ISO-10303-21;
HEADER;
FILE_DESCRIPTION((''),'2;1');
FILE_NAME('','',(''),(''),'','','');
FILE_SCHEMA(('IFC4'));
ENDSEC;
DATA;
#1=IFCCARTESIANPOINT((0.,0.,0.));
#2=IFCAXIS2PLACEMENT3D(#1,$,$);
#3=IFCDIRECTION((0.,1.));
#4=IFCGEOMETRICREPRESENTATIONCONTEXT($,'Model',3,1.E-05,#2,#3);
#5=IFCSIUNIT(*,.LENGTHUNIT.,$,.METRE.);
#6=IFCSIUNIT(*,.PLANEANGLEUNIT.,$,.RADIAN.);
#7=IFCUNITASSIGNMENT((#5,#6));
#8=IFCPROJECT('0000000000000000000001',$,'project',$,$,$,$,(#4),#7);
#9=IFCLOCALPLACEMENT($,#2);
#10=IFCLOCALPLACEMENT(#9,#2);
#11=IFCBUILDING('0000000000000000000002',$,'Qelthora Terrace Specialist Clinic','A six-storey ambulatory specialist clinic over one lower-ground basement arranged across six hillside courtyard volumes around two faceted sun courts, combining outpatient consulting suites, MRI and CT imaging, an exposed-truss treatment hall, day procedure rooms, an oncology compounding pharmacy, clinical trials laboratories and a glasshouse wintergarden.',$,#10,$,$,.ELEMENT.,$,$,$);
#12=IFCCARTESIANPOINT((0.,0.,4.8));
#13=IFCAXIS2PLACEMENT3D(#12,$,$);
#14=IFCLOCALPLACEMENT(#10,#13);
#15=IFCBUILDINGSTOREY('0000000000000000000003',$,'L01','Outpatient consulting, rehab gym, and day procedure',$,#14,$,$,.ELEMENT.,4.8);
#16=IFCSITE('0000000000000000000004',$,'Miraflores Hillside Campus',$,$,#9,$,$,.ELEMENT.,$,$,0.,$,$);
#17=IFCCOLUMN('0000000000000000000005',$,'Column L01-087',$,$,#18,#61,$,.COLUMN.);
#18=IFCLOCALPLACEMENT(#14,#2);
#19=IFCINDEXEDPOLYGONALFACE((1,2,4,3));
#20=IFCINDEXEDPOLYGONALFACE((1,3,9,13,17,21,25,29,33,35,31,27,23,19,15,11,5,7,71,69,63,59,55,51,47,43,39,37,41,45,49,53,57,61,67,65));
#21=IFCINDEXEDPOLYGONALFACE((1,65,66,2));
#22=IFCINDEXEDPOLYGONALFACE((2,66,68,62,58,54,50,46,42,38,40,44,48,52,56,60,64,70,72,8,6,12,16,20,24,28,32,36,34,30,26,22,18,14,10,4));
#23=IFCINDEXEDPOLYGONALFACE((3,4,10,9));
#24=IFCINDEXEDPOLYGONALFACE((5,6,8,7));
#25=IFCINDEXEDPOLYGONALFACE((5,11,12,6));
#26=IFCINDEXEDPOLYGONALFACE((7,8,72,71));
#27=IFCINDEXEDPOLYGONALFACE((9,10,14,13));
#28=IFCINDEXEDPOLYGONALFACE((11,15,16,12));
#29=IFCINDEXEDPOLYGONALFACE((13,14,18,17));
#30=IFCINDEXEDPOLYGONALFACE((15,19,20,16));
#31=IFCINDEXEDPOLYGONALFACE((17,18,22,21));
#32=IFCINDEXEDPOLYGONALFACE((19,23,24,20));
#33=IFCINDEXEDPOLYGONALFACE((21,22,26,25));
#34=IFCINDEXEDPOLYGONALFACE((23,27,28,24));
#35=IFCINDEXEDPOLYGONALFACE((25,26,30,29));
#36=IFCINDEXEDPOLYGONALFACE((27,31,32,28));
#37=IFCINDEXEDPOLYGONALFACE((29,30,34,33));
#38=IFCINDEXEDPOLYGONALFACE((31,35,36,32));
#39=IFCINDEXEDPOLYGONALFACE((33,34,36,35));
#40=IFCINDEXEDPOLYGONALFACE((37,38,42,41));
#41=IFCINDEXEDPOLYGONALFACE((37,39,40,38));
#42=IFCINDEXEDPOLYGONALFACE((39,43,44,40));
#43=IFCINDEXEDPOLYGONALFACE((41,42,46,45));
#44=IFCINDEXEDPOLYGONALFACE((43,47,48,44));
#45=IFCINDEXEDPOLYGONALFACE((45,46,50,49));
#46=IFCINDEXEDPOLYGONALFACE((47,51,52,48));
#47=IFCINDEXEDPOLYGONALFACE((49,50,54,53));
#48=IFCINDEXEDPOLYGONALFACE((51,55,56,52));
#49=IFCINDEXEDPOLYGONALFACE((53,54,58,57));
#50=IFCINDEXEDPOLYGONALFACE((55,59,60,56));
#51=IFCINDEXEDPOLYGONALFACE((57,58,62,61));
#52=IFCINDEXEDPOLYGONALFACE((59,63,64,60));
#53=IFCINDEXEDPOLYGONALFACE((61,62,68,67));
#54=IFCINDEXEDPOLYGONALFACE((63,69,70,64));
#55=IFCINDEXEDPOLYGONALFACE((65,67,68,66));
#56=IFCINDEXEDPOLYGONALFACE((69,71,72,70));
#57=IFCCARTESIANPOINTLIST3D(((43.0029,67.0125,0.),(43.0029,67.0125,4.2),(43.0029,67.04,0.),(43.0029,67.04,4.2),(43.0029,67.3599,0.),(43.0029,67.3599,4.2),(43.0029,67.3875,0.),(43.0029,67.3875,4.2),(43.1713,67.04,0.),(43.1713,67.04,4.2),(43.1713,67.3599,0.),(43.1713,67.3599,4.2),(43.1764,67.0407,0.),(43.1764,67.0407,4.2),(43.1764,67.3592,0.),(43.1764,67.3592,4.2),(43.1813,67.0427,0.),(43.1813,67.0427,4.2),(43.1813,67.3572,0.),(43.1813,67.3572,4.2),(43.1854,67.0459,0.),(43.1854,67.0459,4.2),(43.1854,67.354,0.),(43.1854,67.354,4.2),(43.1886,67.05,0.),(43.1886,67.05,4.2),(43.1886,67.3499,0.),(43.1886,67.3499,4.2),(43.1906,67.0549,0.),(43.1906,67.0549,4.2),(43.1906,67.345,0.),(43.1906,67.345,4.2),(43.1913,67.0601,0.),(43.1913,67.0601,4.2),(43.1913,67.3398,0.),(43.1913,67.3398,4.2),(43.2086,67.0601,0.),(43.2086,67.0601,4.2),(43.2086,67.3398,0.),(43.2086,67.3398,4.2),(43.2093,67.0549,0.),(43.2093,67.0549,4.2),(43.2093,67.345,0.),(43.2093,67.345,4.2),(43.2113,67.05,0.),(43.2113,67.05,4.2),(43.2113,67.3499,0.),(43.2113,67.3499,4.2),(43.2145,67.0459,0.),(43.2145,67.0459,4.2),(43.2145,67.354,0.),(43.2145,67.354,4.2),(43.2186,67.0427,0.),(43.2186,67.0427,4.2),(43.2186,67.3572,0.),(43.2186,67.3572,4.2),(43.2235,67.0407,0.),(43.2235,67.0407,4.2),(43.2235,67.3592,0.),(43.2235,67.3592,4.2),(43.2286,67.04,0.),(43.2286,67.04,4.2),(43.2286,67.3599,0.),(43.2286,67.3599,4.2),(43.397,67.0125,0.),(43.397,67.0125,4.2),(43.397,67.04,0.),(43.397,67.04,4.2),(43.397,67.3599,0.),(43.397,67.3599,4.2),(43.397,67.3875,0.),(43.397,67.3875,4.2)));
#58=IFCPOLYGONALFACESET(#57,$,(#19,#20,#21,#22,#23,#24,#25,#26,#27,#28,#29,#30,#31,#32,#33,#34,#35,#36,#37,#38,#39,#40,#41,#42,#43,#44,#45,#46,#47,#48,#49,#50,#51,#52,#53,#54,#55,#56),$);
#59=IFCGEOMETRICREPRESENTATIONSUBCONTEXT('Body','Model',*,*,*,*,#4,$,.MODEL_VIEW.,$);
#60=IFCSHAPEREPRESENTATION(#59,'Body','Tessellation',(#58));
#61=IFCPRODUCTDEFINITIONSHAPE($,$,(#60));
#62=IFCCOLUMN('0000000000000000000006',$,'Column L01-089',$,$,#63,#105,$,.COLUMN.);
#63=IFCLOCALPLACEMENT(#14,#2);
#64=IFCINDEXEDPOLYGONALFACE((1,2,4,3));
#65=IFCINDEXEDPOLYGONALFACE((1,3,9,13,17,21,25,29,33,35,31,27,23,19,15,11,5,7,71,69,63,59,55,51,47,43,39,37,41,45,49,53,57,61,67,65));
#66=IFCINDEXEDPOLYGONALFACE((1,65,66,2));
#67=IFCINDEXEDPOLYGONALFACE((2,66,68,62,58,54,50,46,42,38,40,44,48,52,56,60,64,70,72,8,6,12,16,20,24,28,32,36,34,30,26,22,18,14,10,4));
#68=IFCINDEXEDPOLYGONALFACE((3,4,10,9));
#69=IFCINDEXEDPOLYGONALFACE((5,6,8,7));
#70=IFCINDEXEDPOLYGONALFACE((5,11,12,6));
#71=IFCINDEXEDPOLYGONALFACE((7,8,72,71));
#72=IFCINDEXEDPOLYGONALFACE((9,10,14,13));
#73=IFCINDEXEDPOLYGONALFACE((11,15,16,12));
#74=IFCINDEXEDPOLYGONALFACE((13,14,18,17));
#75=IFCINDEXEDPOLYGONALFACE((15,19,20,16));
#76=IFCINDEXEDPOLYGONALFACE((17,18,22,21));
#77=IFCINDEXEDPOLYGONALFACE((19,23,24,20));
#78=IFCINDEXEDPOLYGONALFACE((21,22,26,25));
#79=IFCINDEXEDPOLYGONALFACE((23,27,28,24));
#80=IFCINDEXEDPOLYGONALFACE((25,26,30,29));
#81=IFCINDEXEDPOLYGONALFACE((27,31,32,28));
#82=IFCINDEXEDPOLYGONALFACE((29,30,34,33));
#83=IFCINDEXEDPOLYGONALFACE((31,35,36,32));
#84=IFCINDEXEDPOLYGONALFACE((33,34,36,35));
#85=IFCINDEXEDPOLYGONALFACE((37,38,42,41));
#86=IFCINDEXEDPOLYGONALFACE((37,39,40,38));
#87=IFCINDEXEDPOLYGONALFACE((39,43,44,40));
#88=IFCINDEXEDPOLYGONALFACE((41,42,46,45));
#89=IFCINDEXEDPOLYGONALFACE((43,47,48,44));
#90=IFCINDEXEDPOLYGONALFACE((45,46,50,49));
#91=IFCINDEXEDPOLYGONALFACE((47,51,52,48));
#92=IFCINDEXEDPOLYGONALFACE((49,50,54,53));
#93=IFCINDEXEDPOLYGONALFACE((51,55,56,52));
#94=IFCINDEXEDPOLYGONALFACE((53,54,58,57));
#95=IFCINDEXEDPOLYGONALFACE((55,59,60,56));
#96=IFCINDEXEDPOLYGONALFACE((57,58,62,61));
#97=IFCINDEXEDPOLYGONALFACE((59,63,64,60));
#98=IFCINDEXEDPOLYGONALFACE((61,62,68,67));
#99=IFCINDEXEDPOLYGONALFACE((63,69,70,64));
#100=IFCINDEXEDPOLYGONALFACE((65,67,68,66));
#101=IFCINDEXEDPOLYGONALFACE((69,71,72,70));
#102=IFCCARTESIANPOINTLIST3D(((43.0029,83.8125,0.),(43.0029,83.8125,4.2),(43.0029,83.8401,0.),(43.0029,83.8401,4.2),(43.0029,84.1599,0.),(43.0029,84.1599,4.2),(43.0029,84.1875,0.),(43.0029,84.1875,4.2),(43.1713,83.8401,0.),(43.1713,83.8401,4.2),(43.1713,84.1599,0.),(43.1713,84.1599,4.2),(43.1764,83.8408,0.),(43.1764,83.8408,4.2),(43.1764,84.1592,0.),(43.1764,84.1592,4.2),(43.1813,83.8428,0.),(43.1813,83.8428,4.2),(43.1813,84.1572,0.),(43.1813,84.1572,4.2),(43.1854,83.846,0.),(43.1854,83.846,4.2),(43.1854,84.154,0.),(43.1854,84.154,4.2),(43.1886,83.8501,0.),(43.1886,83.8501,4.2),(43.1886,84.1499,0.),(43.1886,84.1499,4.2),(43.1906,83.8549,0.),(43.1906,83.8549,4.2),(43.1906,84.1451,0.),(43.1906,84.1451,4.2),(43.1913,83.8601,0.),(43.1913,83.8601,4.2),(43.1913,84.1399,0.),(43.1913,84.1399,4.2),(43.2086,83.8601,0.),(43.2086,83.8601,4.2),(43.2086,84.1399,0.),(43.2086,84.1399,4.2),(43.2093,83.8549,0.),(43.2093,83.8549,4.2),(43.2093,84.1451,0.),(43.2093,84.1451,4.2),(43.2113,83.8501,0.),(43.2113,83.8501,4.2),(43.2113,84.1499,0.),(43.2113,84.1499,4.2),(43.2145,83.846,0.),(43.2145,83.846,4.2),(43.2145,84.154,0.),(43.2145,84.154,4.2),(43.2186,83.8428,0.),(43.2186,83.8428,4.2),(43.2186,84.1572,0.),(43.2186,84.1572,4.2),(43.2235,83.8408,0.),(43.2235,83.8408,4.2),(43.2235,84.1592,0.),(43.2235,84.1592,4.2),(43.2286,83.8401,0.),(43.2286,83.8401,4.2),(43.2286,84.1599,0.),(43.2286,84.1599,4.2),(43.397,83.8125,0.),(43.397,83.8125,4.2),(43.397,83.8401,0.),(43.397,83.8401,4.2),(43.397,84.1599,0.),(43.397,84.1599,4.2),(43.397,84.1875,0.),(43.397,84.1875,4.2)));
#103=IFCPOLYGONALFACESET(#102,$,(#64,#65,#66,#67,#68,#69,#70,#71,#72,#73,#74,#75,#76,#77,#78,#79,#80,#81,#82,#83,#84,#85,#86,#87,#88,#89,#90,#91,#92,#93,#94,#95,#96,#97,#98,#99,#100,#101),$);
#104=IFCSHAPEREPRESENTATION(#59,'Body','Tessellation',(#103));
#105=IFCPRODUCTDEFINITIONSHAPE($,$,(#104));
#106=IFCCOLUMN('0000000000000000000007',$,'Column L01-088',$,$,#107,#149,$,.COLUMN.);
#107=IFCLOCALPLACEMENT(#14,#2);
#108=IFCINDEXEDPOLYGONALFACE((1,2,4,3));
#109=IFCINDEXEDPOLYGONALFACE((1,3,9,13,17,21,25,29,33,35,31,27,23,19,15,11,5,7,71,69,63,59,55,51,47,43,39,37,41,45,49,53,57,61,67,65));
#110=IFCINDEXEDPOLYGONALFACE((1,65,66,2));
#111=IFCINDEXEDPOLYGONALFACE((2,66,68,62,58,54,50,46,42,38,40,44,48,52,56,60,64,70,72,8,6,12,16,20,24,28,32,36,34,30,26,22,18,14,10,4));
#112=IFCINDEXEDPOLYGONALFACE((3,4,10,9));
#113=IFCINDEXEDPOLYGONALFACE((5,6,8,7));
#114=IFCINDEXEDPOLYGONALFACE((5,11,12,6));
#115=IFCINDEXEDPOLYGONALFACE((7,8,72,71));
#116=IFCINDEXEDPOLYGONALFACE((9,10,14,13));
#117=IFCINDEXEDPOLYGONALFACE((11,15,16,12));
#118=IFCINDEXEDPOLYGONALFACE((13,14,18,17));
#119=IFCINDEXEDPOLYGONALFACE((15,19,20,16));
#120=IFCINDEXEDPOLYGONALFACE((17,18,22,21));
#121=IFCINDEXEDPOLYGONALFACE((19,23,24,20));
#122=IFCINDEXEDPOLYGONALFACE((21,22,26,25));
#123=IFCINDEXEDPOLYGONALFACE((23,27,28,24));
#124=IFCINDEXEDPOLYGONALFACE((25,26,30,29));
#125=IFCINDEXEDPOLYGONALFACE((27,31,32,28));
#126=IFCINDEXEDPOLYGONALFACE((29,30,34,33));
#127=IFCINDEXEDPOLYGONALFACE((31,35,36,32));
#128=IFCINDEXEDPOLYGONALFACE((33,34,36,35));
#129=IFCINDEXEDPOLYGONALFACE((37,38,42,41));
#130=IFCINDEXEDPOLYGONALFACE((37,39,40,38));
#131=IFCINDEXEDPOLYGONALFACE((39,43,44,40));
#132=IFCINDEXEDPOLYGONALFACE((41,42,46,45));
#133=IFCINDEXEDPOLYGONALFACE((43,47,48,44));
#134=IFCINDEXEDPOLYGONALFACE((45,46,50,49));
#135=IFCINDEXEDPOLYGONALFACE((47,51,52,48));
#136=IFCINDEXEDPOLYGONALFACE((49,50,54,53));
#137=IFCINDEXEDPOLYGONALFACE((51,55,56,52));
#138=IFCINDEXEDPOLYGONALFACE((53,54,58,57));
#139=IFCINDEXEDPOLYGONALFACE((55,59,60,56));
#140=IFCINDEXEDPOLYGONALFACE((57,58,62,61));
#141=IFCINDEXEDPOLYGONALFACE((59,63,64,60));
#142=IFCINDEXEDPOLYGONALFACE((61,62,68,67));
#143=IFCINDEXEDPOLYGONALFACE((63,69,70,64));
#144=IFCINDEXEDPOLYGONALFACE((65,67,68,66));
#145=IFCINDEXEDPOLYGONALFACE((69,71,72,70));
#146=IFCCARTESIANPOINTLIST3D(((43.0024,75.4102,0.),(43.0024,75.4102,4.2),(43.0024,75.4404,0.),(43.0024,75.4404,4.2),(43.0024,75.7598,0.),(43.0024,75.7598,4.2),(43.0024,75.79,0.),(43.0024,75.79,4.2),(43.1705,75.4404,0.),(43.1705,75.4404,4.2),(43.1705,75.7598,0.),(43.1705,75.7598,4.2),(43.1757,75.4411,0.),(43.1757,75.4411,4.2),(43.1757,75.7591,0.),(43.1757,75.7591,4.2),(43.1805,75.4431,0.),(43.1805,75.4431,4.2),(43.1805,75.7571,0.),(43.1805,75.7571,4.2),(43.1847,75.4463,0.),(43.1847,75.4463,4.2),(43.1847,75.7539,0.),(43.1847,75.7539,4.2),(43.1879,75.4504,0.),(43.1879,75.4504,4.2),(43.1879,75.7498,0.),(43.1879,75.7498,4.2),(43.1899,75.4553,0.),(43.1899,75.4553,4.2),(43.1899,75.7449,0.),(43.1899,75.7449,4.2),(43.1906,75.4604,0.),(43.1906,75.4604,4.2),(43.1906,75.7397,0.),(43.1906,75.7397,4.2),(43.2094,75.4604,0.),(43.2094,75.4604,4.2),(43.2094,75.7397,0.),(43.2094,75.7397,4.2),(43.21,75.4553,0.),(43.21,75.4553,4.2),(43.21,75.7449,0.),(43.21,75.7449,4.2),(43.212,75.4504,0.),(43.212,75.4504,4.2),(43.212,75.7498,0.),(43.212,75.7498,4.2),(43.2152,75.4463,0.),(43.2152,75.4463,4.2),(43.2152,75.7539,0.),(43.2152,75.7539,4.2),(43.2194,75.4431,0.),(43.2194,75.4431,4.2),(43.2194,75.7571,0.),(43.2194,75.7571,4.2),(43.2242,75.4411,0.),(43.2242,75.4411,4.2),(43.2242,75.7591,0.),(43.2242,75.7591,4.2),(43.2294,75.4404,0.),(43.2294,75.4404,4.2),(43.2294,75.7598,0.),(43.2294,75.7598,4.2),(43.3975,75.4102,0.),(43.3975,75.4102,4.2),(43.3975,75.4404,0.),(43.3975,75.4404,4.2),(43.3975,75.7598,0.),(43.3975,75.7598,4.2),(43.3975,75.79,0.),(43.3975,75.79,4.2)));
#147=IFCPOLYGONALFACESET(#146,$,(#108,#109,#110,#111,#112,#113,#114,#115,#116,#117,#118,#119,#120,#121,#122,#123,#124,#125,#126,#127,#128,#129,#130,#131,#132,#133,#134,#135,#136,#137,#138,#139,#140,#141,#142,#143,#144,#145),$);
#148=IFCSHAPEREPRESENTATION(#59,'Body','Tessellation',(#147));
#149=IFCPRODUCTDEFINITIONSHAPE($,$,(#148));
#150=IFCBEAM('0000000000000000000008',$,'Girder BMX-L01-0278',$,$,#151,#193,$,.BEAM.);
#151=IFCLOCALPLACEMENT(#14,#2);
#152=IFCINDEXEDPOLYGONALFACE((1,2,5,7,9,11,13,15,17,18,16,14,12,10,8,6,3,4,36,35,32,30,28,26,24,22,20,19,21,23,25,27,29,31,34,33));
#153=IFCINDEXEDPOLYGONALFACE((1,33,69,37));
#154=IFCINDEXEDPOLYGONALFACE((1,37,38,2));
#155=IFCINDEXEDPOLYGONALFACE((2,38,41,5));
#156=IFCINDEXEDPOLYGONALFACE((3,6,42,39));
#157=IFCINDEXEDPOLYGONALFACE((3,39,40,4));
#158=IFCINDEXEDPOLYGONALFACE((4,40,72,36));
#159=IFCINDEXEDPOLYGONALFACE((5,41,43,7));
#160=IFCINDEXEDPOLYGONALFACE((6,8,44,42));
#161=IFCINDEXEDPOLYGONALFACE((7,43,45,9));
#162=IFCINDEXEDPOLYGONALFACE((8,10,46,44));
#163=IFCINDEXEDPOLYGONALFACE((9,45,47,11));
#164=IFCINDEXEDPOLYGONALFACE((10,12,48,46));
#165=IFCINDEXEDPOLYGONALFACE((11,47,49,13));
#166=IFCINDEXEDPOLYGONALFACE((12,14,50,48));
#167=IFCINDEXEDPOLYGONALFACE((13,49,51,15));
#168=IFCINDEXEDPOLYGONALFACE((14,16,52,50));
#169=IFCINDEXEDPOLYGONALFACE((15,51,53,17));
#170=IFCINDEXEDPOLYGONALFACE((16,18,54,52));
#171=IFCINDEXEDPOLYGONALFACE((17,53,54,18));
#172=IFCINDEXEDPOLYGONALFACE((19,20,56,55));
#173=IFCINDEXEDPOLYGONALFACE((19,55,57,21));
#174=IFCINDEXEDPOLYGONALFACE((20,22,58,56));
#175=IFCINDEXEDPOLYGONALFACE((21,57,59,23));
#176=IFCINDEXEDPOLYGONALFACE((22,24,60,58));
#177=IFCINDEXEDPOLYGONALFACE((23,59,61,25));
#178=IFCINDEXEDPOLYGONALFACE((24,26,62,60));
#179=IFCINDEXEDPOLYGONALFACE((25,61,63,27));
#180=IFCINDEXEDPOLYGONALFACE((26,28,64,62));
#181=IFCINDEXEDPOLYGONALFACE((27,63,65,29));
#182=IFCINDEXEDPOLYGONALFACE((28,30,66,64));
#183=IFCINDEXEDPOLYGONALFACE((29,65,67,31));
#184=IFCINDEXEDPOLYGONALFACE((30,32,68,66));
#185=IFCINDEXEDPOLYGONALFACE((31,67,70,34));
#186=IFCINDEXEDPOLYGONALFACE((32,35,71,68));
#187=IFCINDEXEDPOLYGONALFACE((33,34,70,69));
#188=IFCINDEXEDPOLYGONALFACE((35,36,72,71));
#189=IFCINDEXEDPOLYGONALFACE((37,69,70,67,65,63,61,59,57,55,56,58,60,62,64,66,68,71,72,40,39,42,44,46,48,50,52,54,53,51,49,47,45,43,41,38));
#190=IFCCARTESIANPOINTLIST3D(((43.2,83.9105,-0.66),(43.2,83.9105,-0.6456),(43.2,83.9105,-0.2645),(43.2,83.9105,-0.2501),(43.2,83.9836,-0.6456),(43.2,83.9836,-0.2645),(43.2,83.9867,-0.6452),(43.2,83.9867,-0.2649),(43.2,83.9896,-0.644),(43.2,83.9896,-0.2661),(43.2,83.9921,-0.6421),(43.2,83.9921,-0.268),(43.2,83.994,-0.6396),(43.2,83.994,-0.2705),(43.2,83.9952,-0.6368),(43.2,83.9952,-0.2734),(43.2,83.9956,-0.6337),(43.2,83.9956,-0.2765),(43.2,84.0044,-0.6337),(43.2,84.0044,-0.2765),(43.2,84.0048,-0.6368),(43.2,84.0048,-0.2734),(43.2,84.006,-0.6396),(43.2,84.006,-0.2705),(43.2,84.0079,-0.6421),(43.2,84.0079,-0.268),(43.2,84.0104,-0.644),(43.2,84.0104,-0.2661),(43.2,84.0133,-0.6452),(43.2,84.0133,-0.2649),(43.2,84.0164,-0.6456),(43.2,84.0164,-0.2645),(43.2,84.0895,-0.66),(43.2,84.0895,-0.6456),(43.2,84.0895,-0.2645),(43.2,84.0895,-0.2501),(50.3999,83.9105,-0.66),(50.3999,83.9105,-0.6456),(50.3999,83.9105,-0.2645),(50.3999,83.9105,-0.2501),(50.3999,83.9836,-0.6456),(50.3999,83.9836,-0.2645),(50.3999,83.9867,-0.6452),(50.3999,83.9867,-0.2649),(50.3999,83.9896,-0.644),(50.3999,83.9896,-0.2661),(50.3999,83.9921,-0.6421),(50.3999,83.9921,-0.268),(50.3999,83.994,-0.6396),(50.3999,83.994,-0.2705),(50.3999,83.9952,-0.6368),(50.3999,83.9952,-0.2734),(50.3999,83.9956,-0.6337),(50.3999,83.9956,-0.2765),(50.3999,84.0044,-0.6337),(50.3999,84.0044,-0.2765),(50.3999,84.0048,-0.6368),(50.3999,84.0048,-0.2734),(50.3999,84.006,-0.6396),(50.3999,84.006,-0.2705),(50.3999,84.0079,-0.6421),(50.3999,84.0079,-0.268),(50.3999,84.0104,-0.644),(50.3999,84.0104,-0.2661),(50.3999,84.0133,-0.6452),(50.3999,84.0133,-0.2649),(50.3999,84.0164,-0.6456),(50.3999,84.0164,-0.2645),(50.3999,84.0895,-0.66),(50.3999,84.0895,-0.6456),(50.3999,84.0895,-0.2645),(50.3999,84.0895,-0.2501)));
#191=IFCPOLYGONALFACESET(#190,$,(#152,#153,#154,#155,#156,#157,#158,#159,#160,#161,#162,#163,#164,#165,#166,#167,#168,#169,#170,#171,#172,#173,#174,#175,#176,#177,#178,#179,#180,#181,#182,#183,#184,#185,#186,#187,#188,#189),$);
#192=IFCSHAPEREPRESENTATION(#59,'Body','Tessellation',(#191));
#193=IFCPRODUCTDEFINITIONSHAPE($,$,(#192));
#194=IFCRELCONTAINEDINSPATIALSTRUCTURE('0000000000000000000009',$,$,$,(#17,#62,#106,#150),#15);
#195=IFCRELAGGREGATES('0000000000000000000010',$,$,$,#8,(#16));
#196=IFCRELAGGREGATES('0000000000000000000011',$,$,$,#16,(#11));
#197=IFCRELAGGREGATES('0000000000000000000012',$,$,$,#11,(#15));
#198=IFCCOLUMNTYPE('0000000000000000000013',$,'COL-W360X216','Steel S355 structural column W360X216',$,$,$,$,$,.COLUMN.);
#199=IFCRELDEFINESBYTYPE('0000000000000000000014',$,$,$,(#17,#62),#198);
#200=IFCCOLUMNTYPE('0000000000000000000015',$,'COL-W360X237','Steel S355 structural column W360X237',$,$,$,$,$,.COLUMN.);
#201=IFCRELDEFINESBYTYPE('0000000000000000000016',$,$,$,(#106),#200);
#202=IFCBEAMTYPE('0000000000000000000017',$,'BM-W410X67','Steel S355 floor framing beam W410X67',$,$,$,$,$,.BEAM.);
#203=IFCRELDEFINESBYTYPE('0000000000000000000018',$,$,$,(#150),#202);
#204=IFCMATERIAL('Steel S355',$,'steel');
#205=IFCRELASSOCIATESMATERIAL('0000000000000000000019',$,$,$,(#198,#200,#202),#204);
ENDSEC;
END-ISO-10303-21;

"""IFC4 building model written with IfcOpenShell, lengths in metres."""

from ifc_helpers import new_model, si_unit, direction, frame, origin, origin_2d, place, context, subcontext, project, spatial, i_section, extrude, material, material_profile, profile_set, type_object, element, save


model = new_model("IFC4")

# Units and contexts
model_context = context("Model", 3, precision=1e-05, world=origin(), true_north=direction((0.0, 1.0)))
body_context = subcontext(model_context, "Body", "Model", "MODEL_VIEW")
ifc_project = project(units=[si_unit("LENGTHUNIT", "METRE"), si_unit("PLANEANGLEUNIT", "RADIAN")], contexts=[model_context])

# Site, building, storey
site_placement = place(None, origin())
site = spatial("IfcSite", under=ifc_project, at=site_placement, Name="Miraflores Hillside Campus", CompositionType="ELEMENT", RefElevation=0.0)
building_placement = place(site_placement, origin())
building = spatial("IfcBuilding", under=site, at=building_placement, Name="Qelthora Terrace Specialist Clinic", Description="A six-storey ambulatory specialist clinic over one lower-ground basement arranged across six hillside courtyard volumes around two faceted sun courts, combining outpatient consulting suites, MRI and CT imaging, an exposed-truss treatment hall, day procedure rooms, an oncology compounding pharmacy, clinical trials laboratories and a glasshouse wintergarden.", CompositionType="ELEMENT")
storey_placement = place(building_placement, frame((0.0, 0.0, 4.8)))
storey = spatial("IfcBuildingStorey", under=building, at=storey_placement, Name="L01", Description="Outpatient consulting, rehab gym, and day procedure", CompositionType="ELEMENT", Elevation=4.8)

# Columns
ifc_material_1 = material(Name="Steel S355", Category="steel")
ifc_material_profile_1 = material_profile(ifc_material_1, i_section(OverallWidth=0.394, OverallDepth=0.375, WebThickness=0.0173, FlangeThickness=0.0276, FilletRadius=0.02, at=origin_2d()), Name="W360X216")
ifc_profile_set_1 = profile_set([ifc_material_profile_1], Name="Steel S355")
column_type_1 = type_object("IfcColumnType", Name="COL-W360X216", Description="Steel S355 structural column W360X216", PredefinedType="COLUMN", material=ifc_profile_set_1)
for number, where, z_axis, x_axis, name in (
    (1, (43.2, 67.2, 0.0), (0.0, 0.0, 1.0), (1.0, 0.0, 0.0), "Column L01-087"),
    (2, (43.2, 84.0, 0.0), (0.0, 0.0, 1.0), (1.0, 0.0, 0.0), "Column L01-089"),
):
    element("IfcColumn", number, at=place(storey_placement, frame(where, z_axis=z_axis, x_axis=x_axis)), inside=storey, type_object=column_type_1, Name=name, PredefinedType="COLUMN", context=body_context, shape_type="SweptSolid", body=[
        extrude(i_section(OverallWidth=0.394, OverallDepth=0.375, WebThickness=0.0173, FlangeThickness=0.0276, FilletRadius=0.02, at=origin_2d()), origin(), (0.0, 0.0, 1.0), 4.2),
    ])
ifc_material_profile_2 = material_profile(ifc_material_1, i_section(OverallWidth=0.395, OverallDepth=0.3799, WebThickness=0.0188, FlangeThickness=0.0303, FilletRadius=0.02, at=origin_2d()), Name="W360X237")
ifc_profile_set_2 = profile_set([ifc_material_profile_2], Name="Steel S355")
column_type_2 = type_object("IfcColumnType", Name="COL-W360X237", Description="Steel S355 structural column W360X237", PredefinedType="COLUMN", material=ifc_profile_set_2)
column_placement = place(storey_placement, frame((43.2, 75.6001, 0.0), z_axis=(0.0, 0.0, 1.0), x_axis=(1.0, 0.0, 0.0)))
element("IfcColumn", 3, at=column_placement, inside=storey, type_object=column_type_2, Name="Column L01-088", PredefinedType="COLUMN", context=body_context, shape_type="SweptSolid", body=[
    extrude(i_section(OverallWidth=0.395, OverallDepth=0.3799, WebThickness=0.0188, FlangeThickness=0.0303, FilletRadius=0.02, at=origin_2d()), origin(), (0.0, 0.0, 1.0), 4.2),
])

# Beam
ifc_material_profile_3 = material_profile(ifc_material_1, i_section(OverallWidth=0.179, OverallDepth=0.4099, WebThickness=0.0088, FlangeThickness=0.0144, FilletRadius=0.012, at=origin_2d()), Name="W410X67")
ifc_profile_set_3 = profile_set([ifc_material_profile_3], Name="Steel S355")
beam_type_1 = type_object("IfcBeamType", Name="BM-W410X67", Description="Steel S355 floor framing beam W410X67", PredefinedType="BEAM", material=ifc_profile_set_3)
beam_1_placement = place(storey_placement, frame((43.2, 84.0, -0.4551), z_axis=(1.0, 0.0, 0.0), x_axis=(0.0, 1.0, 0.0)))
element("IfcBeam", 4, at=beam_1_placement, inside=storey, type_object=beam_type_1, Name="Girder BMX-L01-0278", PredefinedType="BEAM", context=body_context, shape_type="SweptSolid", body=[
    extrude(i_section(OverallWidth=0.179, OverallDepth=0.4099, WebThickness=0.0088, FlangeThickness=0.0144, FilletRadius=0.012, at=origin_2d()), origin(), (0.0, 0.0, 1.0), 7.2),
])

save(model, "model.ifc")
